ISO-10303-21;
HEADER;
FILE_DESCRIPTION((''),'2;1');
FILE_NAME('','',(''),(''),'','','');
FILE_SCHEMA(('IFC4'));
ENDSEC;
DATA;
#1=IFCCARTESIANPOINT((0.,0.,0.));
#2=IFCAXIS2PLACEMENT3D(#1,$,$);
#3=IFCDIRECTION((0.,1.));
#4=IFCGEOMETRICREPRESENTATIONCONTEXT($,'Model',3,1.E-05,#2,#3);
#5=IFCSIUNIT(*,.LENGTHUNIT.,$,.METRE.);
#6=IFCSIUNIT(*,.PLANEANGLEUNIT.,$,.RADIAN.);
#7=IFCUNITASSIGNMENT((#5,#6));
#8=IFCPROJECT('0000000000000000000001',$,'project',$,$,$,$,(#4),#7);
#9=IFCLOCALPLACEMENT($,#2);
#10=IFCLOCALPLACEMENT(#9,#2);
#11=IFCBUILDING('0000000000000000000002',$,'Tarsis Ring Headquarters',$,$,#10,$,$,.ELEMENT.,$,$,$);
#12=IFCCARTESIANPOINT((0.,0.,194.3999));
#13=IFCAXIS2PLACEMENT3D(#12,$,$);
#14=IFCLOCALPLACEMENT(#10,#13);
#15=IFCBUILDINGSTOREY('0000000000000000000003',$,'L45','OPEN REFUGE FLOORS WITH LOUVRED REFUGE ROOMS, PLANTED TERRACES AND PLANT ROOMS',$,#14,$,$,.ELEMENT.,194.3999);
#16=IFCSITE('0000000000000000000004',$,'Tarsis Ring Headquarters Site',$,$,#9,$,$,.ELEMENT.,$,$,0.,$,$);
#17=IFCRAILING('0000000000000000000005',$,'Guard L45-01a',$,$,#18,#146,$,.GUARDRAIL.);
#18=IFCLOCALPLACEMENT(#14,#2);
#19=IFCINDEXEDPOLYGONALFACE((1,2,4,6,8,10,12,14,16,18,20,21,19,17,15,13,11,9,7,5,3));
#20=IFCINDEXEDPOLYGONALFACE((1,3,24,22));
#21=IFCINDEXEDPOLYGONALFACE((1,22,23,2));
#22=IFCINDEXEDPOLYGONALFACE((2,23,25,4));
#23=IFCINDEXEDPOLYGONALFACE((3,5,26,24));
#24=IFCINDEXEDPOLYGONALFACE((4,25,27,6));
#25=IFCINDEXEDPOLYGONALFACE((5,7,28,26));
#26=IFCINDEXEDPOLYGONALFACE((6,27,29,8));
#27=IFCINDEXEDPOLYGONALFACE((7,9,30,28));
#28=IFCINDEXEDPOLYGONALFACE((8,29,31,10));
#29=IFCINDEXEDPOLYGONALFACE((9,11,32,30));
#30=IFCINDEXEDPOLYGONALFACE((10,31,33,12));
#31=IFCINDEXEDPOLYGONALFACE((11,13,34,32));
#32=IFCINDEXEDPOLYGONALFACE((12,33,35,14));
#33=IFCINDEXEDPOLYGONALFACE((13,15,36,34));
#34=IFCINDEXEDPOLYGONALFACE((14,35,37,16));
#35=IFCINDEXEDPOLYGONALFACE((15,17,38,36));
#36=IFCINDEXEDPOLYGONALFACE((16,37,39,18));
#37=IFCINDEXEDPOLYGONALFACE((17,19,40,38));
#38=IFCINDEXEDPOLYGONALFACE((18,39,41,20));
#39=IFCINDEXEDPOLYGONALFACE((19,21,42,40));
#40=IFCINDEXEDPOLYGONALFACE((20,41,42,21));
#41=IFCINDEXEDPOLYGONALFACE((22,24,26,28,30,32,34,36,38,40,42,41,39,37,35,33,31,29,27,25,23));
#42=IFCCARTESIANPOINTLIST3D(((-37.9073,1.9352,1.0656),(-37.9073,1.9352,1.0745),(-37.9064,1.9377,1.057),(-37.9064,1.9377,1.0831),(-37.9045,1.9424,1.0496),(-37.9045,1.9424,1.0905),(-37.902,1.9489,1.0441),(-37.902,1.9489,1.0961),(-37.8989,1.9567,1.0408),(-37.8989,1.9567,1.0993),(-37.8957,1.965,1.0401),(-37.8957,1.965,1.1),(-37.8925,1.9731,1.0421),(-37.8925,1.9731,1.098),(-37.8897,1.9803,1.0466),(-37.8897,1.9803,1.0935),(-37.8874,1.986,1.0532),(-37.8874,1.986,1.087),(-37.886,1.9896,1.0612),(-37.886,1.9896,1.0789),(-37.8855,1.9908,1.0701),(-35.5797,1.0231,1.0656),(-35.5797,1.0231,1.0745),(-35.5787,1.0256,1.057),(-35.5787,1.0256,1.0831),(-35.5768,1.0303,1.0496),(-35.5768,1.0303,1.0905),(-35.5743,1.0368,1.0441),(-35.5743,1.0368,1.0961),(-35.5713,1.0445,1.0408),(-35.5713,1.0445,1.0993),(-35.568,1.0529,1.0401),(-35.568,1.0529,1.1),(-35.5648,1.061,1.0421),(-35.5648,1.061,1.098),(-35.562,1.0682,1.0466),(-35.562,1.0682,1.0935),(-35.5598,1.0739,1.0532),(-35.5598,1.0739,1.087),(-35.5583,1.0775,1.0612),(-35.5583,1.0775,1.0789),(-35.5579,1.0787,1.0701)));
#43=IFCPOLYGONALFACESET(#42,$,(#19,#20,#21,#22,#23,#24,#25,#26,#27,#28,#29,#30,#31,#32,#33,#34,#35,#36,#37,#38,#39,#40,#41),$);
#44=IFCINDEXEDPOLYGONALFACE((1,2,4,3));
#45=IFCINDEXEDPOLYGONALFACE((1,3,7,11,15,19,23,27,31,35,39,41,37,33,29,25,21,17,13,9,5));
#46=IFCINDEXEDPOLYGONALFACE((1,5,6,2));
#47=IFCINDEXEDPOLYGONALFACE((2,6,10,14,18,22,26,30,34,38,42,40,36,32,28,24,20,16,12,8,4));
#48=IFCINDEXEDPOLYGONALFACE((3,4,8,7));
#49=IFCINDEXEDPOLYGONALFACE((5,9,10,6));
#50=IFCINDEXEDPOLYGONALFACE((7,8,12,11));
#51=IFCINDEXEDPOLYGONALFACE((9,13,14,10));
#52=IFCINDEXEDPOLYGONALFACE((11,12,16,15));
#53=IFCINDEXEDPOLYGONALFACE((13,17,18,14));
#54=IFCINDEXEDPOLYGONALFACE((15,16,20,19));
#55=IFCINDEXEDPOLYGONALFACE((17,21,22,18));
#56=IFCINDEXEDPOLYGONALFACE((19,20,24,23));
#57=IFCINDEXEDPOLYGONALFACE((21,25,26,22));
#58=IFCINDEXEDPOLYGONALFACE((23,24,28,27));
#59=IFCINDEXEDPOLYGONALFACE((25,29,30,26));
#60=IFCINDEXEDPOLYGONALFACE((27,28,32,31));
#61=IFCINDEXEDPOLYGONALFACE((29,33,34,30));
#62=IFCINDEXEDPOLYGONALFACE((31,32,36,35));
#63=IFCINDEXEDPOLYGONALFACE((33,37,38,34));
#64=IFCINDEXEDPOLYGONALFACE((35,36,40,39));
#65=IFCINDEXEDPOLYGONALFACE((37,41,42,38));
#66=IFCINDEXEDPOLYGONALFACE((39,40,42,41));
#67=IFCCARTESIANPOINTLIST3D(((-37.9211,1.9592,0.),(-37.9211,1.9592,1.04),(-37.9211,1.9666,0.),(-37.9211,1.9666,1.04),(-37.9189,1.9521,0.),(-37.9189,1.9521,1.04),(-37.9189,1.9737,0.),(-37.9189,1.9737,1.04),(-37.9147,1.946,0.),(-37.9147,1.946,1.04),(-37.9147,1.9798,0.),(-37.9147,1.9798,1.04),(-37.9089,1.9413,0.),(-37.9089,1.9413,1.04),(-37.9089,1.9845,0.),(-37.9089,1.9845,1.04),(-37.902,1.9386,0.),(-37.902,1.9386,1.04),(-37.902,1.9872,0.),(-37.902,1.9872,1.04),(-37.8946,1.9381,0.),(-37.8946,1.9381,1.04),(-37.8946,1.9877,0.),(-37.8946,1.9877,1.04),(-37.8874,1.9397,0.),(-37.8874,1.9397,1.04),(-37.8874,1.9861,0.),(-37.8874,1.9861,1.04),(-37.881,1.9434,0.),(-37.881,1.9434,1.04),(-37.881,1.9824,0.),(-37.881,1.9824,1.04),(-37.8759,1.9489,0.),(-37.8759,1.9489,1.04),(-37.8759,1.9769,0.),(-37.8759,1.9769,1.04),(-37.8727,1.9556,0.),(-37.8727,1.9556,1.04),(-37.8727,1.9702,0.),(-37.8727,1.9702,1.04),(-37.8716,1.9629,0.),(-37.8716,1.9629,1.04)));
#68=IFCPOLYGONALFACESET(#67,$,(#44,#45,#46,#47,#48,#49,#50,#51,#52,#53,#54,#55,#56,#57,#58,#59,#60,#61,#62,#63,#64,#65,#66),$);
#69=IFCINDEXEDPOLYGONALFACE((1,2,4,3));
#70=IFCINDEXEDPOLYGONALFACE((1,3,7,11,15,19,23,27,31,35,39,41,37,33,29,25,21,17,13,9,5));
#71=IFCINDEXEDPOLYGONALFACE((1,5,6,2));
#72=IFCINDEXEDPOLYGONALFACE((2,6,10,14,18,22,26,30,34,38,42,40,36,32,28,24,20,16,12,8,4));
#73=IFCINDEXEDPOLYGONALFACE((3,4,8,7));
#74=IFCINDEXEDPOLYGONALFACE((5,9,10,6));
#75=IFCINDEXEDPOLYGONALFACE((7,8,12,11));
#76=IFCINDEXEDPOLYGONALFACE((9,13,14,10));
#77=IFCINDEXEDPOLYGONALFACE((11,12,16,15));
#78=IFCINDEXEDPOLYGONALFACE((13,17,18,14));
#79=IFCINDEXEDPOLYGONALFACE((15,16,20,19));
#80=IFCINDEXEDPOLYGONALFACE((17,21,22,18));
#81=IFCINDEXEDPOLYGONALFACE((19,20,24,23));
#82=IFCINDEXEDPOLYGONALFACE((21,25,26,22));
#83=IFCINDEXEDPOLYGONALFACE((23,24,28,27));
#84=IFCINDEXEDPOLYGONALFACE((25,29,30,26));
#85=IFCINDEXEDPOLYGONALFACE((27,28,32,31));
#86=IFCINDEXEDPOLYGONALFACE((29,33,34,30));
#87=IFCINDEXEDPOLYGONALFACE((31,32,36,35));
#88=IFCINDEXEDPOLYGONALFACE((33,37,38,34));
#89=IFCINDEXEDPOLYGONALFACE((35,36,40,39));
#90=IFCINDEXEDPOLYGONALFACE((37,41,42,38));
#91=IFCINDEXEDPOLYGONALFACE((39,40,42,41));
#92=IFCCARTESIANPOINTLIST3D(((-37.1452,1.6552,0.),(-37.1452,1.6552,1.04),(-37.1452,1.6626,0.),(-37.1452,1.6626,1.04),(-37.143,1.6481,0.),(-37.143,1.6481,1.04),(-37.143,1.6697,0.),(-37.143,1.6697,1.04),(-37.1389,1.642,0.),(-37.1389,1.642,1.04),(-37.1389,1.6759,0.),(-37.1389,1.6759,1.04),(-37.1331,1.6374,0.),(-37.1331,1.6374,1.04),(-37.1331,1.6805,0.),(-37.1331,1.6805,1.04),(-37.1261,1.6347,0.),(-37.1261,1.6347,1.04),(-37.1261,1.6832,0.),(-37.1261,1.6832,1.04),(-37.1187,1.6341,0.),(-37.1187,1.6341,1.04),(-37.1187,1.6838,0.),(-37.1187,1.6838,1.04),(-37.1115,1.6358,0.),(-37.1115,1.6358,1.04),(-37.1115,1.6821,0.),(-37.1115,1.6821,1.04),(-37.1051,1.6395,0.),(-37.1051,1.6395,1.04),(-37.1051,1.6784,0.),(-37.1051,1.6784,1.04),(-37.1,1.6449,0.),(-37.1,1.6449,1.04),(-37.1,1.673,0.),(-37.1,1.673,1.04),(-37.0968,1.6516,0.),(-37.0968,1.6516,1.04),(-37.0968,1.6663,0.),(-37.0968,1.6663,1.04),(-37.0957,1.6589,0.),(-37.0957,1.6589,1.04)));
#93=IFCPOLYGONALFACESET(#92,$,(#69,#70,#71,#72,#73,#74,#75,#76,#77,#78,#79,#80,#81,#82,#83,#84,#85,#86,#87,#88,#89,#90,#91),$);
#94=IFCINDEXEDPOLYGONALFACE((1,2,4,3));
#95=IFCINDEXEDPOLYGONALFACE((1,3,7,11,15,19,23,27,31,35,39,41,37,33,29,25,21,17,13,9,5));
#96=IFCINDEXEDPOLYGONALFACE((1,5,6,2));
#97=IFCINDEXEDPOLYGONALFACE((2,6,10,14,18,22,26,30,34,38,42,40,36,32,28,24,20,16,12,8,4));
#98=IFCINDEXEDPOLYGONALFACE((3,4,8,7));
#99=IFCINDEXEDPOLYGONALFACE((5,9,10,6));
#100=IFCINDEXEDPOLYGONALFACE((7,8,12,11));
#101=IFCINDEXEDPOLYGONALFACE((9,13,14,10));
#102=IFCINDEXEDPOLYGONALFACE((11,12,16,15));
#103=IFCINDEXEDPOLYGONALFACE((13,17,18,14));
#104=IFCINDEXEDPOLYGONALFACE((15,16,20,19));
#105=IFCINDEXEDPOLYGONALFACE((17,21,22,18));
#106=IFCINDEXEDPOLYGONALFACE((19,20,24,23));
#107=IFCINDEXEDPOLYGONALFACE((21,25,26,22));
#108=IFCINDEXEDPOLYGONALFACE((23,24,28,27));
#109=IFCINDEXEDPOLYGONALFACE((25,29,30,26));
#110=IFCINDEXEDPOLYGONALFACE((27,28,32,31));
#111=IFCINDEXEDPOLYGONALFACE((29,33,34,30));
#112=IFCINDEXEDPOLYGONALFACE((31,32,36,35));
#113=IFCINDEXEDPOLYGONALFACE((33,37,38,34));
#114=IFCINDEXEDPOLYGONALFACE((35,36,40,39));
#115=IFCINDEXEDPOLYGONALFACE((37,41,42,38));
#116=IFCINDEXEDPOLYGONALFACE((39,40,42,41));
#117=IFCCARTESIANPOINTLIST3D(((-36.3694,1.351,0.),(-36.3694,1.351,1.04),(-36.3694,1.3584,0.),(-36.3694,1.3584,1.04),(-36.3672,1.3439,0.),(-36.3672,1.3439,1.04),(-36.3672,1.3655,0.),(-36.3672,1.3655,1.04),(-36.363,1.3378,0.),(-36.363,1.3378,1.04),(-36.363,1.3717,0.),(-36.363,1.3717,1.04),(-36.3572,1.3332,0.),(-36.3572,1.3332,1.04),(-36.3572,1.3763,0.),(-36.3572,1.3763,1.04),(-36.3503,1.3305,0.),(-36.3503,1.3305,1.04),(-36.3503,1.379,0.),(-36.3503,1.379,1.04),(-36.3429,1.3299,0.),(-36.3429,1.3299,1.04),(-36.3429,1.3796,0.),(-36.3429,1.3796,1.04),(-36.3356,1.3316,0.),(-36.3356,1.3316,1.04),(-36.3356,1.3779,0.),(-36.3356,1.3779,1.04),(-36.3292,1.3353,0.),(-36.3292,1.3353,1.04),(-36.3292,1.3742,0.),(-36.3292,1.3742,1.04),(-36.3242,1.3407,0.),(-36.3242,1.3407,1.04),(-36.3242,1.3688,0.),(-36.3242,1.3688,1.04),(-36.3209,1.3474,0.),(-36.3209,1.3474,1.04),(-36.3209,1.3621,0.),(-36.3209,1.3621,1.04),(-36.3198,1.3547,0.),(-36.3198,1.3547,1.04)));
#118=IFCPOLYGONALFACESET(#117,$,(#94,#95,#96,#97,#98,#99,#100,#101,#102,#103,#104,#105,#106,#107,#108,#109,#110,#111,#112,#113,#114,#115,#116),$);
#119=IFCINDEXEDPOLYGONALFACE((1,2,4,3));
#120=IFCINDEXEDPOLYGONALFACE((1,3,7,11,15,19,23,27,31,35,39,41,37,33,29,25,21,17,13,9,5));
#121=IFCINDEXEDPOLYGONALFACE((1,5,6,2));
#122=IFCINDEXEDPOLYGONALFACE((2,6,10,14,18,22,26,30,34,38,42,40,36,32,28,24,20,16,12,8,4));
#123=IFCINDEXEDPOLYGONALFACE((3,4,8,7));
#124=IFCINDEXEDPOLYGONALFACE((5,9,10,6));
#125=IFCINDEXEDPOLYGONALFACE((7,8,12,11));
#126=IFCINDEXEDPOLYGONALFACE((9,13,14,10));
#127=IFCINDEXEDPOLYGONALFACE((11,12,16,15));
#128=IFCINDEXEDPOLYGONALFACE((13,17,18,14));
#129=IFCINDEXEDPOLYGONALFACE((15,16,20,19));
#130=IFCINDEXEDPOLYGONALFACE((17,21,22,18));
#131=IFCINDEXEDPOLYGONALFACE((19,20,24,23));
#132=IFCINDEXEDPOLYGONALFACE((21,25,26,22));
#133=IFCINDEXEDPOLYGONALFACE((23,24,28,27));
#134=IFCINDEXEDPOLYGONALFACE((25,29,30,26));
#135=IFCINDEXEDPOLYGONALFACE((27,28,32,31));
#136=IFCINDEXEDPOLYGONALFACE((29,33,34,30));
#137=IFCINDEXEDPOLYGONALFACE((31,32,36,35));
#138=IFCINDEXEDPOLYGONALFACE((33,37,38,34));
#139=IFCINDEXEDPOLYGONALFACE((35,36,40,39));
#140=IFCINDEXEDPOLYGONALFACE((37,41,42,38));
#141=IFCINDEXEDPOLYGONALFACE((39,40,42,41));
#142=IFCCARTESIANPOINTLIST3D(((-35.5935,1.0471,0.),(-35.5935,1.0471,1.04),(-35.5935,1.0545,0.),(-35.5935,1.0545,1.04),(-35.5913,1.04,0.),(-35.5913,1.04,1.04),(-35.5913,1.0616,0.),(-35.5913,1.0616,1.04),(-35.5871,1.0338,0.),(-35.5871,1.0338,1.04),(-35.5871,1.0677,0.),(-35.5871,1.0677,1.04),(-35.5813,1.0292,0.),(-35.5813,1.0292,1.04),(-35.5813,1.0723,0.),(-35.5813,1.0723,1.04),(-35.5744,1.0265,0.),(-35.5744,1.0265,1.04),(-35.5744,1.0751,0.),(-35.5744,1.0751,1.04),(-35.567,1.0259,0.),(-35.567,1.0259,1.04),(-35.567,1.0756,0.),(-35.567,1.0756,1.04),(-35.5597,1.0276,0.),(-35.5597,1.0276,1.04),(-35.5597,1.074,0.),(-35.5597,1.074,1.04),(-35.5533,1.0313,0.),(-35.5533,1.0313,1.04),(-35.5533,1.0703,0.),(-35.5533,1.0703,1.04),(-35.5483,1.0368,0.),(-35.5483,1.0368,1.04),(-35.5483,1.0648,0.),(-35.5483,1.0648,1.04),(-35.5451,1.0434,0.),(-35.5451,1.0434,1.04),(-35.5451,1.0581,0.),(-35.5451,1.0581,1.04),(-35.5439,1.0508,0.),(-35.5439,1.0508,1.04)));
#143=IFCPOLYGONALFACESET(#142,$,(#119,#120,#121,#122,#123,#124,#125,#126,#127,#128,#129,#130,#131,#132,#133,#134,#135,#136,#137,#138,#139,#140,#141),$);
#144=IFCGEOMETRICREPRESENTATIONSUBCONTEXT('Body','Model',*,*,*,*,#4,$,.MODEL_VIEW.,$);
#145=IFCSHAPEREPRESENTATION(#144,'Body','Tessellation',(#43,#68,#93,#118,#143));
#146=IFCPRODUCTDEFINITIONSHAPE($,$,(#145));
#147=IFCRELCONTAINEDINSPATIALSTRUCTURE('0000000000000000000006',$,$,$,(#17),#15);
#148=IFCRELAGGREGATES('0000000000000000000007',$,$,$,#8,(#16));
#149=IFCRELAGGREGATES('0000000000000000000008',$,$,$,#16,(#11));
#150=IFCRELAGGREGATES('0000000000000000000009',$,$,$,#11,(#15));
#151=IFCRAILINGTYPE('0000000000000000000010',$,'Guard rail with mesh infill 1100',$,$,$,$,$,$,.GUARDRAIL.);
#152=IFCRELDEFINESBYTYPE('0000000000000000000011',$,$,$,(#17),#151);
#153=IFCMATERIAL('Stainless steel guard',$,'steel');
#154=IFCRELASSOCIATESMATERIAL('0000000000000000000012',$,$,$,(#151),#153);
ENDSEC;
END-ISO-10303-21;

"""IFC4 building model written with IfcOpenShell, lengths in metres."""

from ifc_helpers import new_model, si_unit, direction, frame, origin, origin_2d, place, context, subcontext, project, spatial, circle, extrude, material, type_object, element, save


model = new_model("IFC4")

# Units and contexts
model_context = context("Model", 3, precision=1e-05, world=origin(), true_north=direction((0.0, 1.0)))
body_context = subcontext(model_context, "Body", "Model", "MODEL_VIEW")
ifc_project = project(units=[si_unit("LENGTHUNIT", "METRE"), si_unit("PLANEANGLEUNIT", "RADIAN")], contexts=[model_context])

# Site, building, storey
site_placement = place(None, origin())
site = spatial("IfcSite", under=ifc_project, at=site_placement, Name="Tarsis Ring Headquarters Site", CompositionType="ELEMENT", RefElevation=0.0)
building_placement = place(site_placement, origin())
building = spatial("IfcBuilding", under=site, at=building_placement, Name="Tarsis Ring Headquarters", CompositionType="ELEMENT")
storey_placement = place(building_placement, frame((0.0, 0.0, 194.3999)))
storey = spatial("IfcBuildingStorey", under=building, at=storey_placement, Name="L45", Description="OPEN REFUGE FLOORS WITH LOUVRED REFUGE ROOMS, PLANTED TERRACES AND PLANT ROOMS", CompositionType="ELEMENT", Elevation=194.3999)

# Railing
ifc_material_1 = material(Name="Stainless steel guard", Category="steel")
railing_type_1 = type_object("IfcRailingType", Name="Guard rail with mesh infill 1100", PredefinedType="GUARDRAIL", material=ifc_material_1)
railing_1_placement = place(storey_placement, frame((-37.8965, 1.9629, 0.0)))
element("IfcRailing", 1, at=railing_1_placement, inside=storey, type_object=railing_type_1, Name="Guard L45-01a", PredefinedType="GUARDRAIL", context=body_context, shape_type="SweptSolid", body=[
    extrude(circle(Radius=0.03, at=origin_2d()), frame((0.0, 0.0, 1.0701), z_axis=(0.931067, -0.364849, 0.0), x_axis=(0.364849, 0.931067, 0.0)), (0.0, 0.0, 1.0), 2.5),
    extrude(circle(Radius=0.0249, at=origin_2d()), origin(), (0.0, 0.0, 1.0), 1.04),
    extrude(circle(Radius=0.0249, at=origin_2d()), frame((0.7759, -0.304, 0.0)), (0.0, 0.0, 1.0), 1.04),
    extrude(circle(Radius=0.0249, at=origin_2d()), frame((1.5518, -0.6082, 0.0)), (0.0, 0.0, 1.0), 1.04),
    extrude(circle(Radius=0.0249, at=origin_2d()), frame((2.3276, -0.9121, 0.0)), (0.0, 0.0, 1.0), 1.04),
])

save(model, "model.ifc")
